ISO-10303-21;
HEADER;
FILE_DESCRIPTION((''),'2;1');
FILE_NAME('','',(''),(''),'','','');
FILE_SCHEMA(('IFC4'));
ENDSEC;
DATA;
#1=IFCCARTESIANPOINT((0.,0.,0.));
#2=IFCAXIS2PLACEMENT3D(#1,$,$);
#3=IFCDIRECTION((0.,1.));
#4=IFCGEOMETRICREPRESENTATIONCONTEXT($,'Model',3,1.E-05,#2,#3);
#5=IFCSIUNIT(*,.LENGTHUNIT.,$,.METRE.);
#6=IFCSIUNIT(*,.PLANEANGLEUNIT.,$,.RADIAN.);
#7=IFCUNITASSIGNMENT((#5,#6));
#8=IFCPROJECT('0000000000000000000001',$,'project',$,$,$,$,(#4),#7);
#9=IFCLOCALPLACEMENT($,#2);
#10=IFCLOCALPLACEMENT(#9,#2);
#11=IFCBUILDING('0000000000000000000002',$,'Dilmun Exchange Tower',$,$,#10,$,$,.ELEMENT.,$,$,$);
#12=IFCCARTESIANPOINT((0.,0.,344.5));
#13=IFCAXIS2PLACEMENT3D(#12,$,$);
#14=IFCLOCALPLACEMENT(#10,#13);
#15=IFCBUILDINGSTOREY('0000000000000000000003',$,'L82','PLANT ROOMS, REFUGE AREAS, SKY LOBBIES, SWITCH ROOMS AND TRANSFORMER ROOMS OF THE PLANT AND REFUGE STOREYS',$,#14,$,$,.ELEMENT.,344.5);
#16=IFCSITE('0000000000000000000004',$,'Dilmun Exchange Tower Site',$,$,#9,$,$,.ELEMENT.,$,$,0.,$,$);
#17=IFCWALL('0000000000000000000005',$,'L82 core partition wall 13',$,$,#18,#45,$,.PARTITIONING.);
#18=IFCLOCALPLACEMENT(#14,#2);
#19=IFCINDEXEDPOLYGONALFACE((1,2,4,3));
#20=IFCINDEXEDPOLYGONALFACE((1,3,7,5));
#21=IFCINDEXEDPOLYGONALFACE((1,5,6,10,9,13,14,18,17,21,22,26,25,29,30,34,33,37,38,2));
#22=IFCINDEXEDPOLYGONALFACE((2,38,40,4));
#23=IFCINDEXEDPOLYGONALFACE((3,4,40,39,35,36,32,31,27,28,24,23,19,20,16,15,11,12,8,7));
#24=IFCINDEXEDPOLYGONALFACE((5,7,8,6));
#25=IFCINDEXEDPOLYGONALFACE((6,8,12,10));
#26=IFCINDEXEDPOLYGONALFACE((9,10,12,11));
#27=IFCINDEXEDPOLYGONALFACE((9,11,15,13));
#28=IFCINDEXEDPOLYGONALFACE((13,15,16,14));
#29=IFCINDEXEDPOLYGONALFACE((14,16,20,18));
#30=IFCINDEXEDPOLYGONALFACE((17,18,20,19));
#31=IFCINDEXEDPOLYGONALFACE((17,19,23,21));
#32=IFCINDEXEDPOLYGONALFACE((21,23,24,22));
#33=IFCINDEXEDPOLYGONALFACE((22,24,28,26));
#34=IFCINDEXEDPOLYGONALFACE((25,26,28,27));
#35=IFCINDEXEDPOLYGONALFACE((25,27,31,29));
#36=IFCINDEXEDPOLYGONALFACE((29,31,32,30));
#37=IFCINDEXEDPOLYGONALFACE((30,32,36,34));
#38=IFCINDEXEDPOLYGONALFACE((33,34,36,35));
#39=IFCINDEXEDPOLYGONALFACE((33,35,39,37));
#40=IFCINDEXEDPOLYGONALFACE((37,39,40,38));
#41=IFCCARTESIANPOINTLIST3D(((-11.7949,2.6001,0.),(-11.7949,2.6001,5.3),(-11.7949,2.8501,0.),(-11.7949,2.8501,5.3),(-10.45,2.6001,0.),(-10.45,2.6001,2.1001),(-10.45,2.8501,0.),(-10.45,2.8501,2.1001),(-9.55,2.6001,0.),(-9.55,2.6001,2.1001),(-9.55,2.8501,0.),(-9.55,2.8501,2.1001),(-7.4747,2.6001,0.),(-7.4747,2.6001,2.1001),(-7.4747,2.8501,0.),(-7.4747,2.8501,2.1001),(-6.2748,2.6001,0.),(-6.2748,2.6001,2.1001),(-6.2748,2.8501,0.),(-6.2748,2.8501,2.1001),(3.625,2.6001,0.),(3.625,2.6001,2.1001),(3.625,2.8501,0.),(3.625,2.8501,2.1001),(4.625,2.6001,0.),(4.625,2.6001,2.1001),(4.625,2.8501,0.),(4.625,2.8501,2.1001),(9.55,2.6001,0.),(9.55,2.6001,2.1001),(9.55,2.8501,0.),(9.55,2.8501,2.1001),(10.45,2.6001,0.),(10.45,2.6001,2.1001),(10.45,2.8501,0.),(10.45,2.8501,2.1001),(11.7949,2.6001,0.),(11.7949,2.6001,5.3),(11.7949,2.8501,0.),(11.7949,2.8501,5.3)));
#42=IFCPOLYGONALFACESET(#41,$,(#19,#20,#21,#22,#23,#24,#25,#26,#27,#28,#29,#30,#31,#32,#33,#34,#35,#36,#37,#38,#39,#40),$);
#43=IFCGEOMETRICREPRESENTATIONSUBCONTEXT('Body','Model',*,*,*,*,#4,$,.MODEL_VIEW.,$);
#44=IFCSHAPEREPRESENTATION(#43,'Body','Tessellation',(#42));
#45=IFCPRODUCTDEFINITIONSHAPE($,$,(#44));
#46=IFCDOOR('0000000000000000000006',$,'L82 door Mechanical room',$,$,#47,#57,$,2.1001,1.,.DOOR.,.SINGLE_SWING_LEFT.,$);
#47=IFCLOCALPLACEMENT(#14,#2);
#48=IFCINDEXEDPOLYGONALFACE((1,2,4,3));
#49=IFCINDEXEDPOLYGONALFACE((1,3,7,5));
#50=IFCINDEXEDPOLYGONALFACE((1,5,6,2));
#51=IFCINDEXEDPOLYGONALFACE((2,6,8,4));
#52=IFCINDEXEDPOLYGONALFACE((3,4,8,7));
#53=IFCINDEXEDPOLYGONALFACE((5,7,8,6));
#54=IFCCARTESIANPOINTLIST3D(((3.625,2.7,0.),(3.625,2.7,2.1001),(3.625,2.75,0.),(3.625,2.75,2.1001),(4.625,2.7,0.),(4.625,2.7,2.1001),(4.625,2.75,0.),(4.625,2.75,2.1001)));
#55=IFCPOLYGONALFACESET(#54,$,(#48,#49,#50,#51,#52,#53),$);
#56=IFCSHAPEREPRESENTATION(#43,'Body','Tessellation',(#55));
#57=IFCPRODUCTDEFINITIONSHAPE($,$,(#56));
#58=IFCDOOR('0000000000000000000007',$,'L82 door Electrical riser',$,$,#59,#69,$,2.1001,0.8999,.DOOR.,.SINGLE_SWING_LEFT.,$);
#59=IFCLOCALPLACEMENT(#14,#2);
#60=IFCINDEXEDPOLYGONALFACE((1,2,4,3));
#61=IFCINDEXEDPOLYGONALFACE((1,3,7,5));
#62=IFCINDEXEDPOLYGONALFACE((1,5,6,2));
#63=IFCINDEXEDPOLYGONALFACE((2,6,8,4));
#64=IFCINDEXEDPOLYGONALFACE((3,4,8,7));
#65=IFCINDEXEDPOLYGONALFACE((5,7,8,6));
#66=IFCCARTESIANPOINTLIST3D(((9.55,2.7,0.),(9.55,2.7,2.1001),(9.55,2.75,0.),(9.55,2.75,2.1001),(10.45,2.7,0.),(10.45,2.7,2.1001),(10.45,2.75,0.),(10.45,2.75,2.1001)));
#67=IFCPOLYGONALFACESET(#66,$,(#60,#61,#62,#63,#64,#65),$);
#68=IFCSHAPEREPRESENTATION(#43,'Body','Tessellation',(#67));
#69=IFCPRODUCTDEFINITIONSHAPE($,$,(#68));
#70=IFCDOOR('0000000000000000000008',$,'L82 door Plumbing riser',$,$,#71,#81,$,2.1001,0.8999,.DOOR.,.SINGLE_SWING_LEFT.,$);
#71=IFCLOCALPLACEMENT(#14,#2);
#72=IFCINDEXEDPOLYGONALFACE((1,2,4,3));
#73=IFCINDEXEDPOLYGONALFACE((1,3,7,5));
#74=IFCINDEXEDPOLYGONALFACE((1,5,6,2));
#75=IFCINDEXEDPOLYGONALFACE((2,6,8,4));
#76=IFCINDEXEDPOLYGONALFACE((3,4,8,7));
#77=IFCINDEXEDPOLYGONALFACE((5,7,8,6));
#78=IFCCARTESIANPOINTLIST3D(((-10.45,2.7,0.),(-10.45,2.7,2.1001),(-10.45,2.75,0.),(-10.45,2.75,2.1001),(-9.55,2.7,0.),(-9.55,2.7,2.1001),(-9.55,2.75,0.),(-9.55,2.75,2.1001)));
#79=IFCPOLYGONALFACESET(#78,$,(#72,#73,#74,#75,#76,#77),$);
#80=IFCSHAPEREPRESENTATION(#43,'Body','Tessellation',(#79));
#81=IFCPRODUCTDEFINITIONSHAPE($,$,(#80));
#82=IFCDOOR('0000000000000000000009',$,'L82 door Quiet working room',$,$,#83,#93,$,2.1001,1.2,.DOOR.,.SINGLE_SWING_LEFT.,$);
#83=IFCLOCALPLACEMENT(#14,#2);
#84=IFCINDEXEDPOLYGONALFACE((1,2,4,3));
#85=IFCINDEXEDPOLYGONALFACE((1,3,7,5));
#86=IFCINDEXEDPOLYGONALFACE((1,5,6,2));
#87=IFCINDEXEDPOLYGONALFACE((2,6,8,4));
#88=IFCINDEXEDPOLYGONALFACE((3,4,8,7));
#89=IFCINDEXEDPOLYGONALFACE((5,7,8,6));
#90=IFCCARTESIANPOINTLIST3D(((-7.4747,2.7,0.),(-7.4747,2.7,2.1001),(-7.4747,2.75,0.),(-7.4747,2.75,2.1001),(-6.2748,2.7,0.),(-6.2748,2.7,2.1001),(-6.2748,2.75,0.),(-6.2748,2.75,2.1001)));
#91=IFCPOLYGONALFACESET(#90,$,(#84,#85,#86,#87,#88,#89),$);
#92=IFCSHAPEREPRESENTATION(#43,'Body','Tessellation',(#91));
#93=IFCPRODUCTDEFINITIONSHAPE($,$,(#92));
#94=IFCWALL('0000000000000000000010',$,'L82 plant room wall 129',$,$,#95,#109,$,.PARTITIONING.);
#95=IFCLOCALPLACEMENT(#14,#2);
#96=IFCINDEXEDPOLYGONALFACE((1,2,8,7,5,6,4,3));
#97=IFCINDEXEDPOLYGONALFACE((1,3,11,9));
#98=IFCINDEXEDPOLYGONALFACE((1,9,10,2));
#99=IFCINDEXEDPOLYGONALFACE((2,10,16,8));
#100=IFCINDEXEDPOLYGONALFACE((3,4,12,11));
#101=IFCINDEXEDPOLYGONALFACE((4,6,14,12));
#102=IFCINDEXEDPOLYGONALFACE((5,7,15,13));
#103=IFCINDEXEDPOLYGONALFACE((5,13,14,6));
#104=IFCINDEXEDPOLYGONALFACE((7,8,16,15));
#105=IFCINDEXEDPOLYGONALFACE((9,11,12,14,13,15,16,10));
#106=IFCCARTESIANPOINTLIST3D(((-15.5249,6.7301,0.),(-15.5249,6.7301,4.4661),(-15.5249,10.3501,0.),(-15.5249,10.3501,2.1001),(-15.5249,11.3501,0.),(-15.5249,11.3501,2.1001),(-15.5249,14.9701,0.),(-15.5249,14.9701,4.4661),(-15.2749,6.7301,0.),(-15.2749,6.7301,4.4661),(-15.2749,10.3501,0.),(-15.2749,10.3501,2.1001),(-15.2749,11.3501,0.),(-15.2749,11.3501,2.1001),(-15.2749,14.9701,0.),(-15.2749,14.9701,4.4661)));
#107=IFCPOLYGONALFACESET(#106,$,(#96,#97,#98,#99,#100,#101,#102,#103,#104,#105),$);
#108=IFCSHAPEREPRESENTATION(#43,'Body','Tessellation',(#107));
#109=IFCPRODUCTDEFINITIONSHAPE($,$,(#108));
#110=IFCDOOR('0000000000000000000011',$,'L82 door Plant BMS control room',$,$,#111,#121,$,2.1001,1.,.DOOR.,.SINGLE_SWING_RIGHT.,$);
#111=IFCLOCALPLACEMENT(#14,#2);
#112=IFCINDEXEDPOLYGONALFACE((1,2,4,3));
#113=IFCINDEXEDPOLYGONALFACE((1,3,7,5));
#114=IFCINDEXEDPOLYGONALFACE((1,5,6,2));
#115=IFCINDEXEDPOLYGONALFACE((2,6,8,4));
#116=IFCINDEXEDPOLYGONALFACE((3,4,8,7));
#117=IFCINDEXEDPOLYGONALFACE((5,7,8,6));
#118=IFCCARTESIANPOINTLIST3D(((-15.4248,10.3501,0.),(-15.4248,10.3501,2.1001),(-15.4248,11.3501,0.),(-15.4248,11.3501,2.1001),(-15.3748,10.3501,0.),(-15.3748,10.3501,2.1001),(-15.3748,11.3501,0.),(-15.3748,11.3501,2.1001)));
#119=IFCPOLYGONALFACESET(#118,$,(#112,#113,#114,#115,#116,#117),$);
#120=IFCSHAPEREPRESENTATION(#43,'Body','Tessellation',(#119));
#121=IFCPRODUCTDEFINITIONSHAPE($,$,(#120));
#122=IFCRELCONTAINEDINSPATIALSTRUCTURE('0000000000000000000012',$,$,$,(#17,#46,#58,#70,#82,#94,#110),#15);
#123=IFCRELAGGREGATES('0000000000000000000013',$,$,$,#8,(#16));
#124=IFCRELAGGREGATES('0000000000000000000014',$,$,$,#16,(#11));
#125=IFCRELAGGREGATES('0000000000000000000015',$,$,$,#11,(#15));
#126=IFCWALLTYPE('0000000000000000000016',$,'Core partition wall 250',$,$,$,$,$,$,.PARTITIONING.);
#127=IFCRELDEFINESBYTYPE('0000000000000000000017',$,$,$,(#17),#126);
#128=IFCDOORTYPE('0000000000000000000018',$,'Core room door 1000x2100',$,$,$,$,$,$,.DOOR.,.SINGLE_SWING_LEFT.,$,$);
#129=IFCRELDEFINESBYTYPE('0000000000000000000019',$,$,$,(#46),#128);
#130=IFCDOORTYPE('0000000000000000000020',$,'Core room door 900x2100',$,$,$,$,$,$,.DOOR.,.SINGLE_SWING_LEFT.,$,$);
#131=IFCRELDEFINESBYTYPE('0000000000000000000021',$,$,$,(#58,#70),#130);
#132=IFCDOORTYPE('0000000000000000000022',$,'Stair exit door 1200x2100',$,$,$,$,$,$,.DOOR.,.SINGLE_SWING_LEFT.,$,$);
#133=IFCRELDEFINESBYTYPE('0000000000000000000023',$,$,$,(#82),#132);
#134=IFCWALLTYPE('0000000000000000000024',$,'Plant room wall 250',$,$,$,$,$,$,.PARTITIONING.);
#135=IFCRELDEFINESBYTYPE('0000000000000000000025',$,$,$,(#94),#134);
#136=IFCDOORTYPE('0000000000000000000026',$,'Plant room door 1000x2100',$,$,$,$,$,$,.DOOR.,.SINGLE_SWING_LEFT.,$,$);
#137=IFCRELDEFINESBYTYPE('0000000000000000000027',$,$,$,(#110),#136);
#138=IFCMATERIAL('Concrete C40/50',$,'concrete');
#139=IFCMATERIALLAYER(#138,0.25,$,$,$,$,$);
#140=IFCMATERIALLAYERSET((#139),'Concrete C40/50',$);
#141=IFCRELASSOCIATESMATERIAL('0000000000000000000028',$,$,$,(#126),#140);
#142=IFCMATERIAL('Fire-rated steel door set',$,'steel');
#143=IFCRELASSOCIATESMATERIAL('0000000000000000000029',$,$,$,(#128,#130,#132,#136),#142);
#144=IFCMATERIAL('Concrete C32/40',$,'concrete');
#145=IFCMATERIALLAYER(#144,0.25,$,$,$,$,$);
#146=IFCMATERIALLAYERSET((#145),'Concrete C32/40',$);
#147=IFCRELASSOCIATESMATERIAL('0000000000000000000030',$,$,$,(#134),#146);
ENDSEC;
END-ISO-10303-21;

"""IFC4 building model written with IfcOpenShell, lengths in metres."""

from ifc_helpers import new_model, si_unit, direction, frame, frame_2d, origin, place, context, subcontext, project, spatial, rectangle, extrude, material, layer, layer_set, type_object, element, fill, save


model = new_model("IFC4")

# Units and contexts
model_context = context("Model", 3, precision=1e-05, world=origin(), true_north=direction((0.0, 1.0)))
body_context = subcontext(model_context, "Body", "Model", "MODEL_VIEW")
ifc_project = project(units=[si_unit("LENGTHUNIT", "METRE"), si_unit("PLANEANGLEUNIT", "RADIAN")], contexts=[model_context])

# Site, building, storey
site_placement = place(None, origin())
site = spatial("IfcSite", under=ifc_project, at=site_placement, Name="Dilmun Exchange Tower Site", CompositionType="ELEMENT", RefElevation=0.0)
building_placement = place(site_placement, origin())
building = spatial("IfcBuilding", under=site, at=building_placement, Name="Dilmun Exchange Tower", CompositionType="ELEMENT")
storey_placement = place(building_placement, frame((0.0, 0.0, 344.5)))
storey = spatial("IfcBuildingStorey", under=building, at=storey_placement, Name="L82", Description="PLANT ROOMS, REFUGE AREAS, SKY LOBBIES, SWITCH ROOMS AND TRANSFORMER ROOMS OF THE PLANT AND REFUGE STOREYS", CompositionType="ELEMENT", Elevation=344.5)

# Wall, openings, doors
ifc_material_1 = material(Name="Concrete C40/50", Category="concrete")
ifc_layer_1 = layer(ifc_material_1, 0.25)
ifc_layer_set_1 = layer_set([ifc_layer_1], Name="Concrete C40/50")
wall_type_1 = type_object("IfcWallType", Name="Core partition wall 250", PredefinedType="PARTITIONING", material=ifc_layer_set_1)
wall_1_placement = place(storey_placement, frame((-11.7949, 2.7251, 0.0), z_axis=(0.0, 0.0, 1.0), x_axis=(1.0, 0.0, 0.0)))
wall_1 = element("IfcWall", 1, at=wall_1_placement, inside=storey, type_object=wall_type_1, Name="L82 core partition wall 13", PredefinedType="PARTITIONING", context=body_context, shape_type="SweptSolid", body=[
    extrude(rectangle(XDim=23.5898, YDim=0.25, at=frame_2d((11.7949, 0.0))), origin(), (0.0, 0.0, 1.0), 5.3),
])
opening_1_placement = place(wall_1_placement, frame((21.345, 0.0, 0.0)))
opening_1 = element("IfcOpeningElement", 2, at=opening_1_placement, cuts=wall_1, PredefinedType="OPENING", context=body_context, shape_type="SweptSolid", body=[
    extrude(rectangle(XDim=0.8999, YDim=2.1001, at=frame_2d((0.45, 1.05))), frame((0.0, 0.135, 0.0), z_axis=(0.0, -1.0, 0.0), x_axis=(1.0, 0.0, 0.0)), (0.0, 0.0, 1.0), 0.27),
])
opening_2_placement = place(wall_1_placement, frame((1.345, 0.0, 0.0)))
opening_2 = element("IfcOpeningElement", 3, at=opening_2_placement, cuts=wall_1, PredefinedType="OPENING", context=body_context, shape_type="SweptSolid", body=[
    extrude(rectangle(XDim=0.8999, YDim=2.1001, at=frame_2d((0.45, 1.05))), frame((0.0, 0.135, 0.0), z_axis=(0.0, -1.0, 0.0), x_axis=(1.0, 0.0, 0.0)), (0.0, 0.0, 1.0), 0.27),
])
opening_3_placement = place(wall_1_placement, frame((4.3201, 0.0, 0.0)))
opening_3 = element("IfcOpeningElement", 4, at=opening_3_placement, cuts=wall_1, PredefinedType="OPENING", context=body_context, shape_type="SweptSolid", body=[
    extrude(rectangle(XDim=1.2, YDim=2.1001, at=frame_2d((0.6001, 1.05))), frame((0.0, 0.135, 0.0), z_axis=(0.0, -1.0, 0.0), x_axis=(1.0, 0.0, 0.0)), (0.0, 0.0, 1.0), 0.27),
])
opening_4_placement = place(wall_1_placement, frame((15.4199, 0.0, 0.0)))
opening_4 = element("IfcOpeningElement", 5, at=opening_4_placement, cuts=wall_1, PredefinedType="OPENING", context=body_context, shape_type="SweptSolid", body=[
    extrude(rectangle(XDim=1.0, YDim=2.1001, at=frame_2d((0.5, 1.05))), frame((0.0, 0.135, 0.0), z_axis=(0.0, -1.0, 0.0), x_axis=(1.0, 0.0, 0.0)), (0.0, 0.0, 1.0), 0.27),
])
ifc_material_2 = material(Name="Fire-rated steel door set", Category="steel")
door_type_1 = type_object("IfcDoorType", Name="Core room door 1000x2100", OperationType="SINGLE_SWING_LEFT", PredefinedType="DOOR", material=ifc_material_2)
door_1_placement = place(opening_4_placement, origin())
door_1 = element("IfcDoor", 6, at=door_1_placement, inside=storey, type_object=door_type_1, Name="L82 door Mechanical room", OperationType="SINGLE_SWING_LEFT", OverallHeight=2.1001, OverallWidth=1.0, PredefinedType="DOOR", context=body_context, shape_type="SweptSolid", body=[
    extrude(rectangle(XDim=1.0, YDim=2.1001, at=frame_2d((0.5, 1.05))), frame((0.0, 0.0249, 0.0), z_axis=(0.0, -1.0, 0.0), x_axis=(1.0, 0.0, 0.0)), (0.0, 0.0, 1.0), 0.05),
])
fill(opening_4, door_1)
door_type_2 = type_object("IfcDoorType", Name="Core room door 900x2100", OperationType="SINGLE_SWING_LEFT", PredefinedType="DOOR", material=ifc_material_2)
door_2_placement = place(opening_1_placement, origin())
door_2 = element("IfcDoor", 7, at=door_2_placement, inside=storey, type_object=door_type_2, Name="L82 door Electrical riser", OperationType="SINGLE_SWING_LEFT", OverallHeight=2.1001, OverallWidth=0.8999, PredefinedType="DOOR", context=body_context, shape_type="SweptSolid", body=[
    extrude(rectangle(XDim=0.8999, YDim=2.1001, at=frame_2d((0.45, 1.05))), frame((0.0, 0.0249, 0.0), z_axis=(0.0, -1.0, 0.0), x_axis=(1.0, 0.0, 0.0)), (0.0, 0.0, 1.0), 0.05),
])
fill(opening_1, door_2)
door_3_placement = place(opening_2_placement, origin())
door_3 = element("IfcDoor", 8, at=door_3_placement, inside=storey, type_object=door_type_2, Name="L82 door Plumbing riser", OperationType="SINGLE_SWING_LEFT", OverallHeight=2.1001, OverallWidth=0.8999, PredefinedType="DOOR", context=body_context, shape_type="SweptSolid", body=[
    extrude(rectangle(XDim=0.8999, YDim=2.1001, at=frame_2d((0.45, 1.05))), frame((0.0, 0.0249, 0.0), z_axis=(0.0, -1.0, 0.0), x_axis=(1.0, 0.0, 0.0)), (0.0, 0.0, 1.0), 0.05),
])
fill(opening_2, door_3)
door_type_3 = type_object("IfcDoorType", Name="Stair exit door 1200x2100", OperationType="SINGLE_SWING_LEFT", PredefinedType="DOOR", material=ifc_material_2)
door_4_placement = place(opening_3_placement, origin())
door_4 = element("IfcDoor", 9, at=door_4_placement, inside=storey, type_object=door_type_3, Name="L82 door Quiet working room", OperationType="SINGLE_SWING_LEFT", OverallHeight=2.1001, OverallWidth=1.2, PredefinedType="DOOR", context=body_context, shape_type="SweptSolid", body=[
    extrude(rectangle(XDim=1.2, YDim=2.1001, at=frame_2d((0.6001, 1.05))), frame((0.0, 0.0249, 0.0), z_axis=(0.0, -1.0, 0.0), x_axis=(1.0, 0.0, 0.0)), (0.0, 0.0, 1.0), 0.05),
])
fill(opening_3, door_4)

# Wall, opening, door
ifc_material_3 = material(Name="Concrete C32/40", Category="concrete")
ifc_layer_2 = layer(ifc_material_3, 0.25)
ifc_layer_set_2 = layer_set([ifc_layer_2], Name="Concrete C32/40")
wall_type_2 = type_object("IfcWallType", Name="Plant room wall 250", PredefinedType="PARTITIONING", material=ifc_layer_set_2)
wall_2_placement = place(storey_placement, frame((-15.3999, 6.73, 0.0), z_axis=(0.0, 0.0, 1.0), x_axis=(0.0, 1.0, 0.0)))
wall_2 = element("IfcWall", 10, at=wall_2_placement, inside=storey, type_object=wall_type_2, Name="L82 plant room wall 129", PredefinedType="PARTITIONING", context=body_context, shape_type="SweptSolid", body=[
    extrude(rectangle(XDim=8.24, YDim=0.25, at=frame_2d((4.1201, 0.0))), origin(), (0.0, 0.0, 1.0), 4.4661),
])
opening_5_placement = place(wall_2_placement, frame((3.6201, 0.0, 0.0)))
opening_5 = element("IfcOpeningElement", 11, at=opening_5_placement, cuts=wall_2, PredefinedType="OPENING", context=body_context, shape_type="SweptSolid", body=[
    extrude(rectangle(XDim=1.0, YDim=2.1001, at=frame_2d((0.5, 1.05))), frame((0.0, 0.135, 0.0), z_axis=(0.0, -1.0, 0.0), x_axis=(1.0, 0.0, 0.0)), (0.0, 0.0, 1.0), 0.27),
])
door_type_4 = type_object("IfcDoorType", Name="Plant room door 1000x2100", OperationType="SINGLE_SWING_LEFT", PredefinedType="DOOR", material=ifc_material_2)
door_5_placement = place(opening_5_placement, origin())
door_5 = element("IfcDoor", 12, at=door_5_placement, inside=storey, type_object=door_type_4, Name="L82 door Plant BMS control room", OperationType="SINGLE_SWING_RIGHT", OverallHeight=2.1001, OverallWidth=1.0, PredefinedType="DOOR", context=body_context, shape_type="SweptSolid", body=[
    extrude(rectangle(XDim=1.0, YDim=2.1001, at=frame_2d((0.5, 1.05))), frame((0.0, 0.0249, 0.0), z_axis=(0.0, -1.0, 0.0), x_axis=(1.0, 0.0, 0.0)), (0.0, 0.0, 1.0), 0.05),
])
fill(opening_5, door_5)

save(model, "model.ifc")
